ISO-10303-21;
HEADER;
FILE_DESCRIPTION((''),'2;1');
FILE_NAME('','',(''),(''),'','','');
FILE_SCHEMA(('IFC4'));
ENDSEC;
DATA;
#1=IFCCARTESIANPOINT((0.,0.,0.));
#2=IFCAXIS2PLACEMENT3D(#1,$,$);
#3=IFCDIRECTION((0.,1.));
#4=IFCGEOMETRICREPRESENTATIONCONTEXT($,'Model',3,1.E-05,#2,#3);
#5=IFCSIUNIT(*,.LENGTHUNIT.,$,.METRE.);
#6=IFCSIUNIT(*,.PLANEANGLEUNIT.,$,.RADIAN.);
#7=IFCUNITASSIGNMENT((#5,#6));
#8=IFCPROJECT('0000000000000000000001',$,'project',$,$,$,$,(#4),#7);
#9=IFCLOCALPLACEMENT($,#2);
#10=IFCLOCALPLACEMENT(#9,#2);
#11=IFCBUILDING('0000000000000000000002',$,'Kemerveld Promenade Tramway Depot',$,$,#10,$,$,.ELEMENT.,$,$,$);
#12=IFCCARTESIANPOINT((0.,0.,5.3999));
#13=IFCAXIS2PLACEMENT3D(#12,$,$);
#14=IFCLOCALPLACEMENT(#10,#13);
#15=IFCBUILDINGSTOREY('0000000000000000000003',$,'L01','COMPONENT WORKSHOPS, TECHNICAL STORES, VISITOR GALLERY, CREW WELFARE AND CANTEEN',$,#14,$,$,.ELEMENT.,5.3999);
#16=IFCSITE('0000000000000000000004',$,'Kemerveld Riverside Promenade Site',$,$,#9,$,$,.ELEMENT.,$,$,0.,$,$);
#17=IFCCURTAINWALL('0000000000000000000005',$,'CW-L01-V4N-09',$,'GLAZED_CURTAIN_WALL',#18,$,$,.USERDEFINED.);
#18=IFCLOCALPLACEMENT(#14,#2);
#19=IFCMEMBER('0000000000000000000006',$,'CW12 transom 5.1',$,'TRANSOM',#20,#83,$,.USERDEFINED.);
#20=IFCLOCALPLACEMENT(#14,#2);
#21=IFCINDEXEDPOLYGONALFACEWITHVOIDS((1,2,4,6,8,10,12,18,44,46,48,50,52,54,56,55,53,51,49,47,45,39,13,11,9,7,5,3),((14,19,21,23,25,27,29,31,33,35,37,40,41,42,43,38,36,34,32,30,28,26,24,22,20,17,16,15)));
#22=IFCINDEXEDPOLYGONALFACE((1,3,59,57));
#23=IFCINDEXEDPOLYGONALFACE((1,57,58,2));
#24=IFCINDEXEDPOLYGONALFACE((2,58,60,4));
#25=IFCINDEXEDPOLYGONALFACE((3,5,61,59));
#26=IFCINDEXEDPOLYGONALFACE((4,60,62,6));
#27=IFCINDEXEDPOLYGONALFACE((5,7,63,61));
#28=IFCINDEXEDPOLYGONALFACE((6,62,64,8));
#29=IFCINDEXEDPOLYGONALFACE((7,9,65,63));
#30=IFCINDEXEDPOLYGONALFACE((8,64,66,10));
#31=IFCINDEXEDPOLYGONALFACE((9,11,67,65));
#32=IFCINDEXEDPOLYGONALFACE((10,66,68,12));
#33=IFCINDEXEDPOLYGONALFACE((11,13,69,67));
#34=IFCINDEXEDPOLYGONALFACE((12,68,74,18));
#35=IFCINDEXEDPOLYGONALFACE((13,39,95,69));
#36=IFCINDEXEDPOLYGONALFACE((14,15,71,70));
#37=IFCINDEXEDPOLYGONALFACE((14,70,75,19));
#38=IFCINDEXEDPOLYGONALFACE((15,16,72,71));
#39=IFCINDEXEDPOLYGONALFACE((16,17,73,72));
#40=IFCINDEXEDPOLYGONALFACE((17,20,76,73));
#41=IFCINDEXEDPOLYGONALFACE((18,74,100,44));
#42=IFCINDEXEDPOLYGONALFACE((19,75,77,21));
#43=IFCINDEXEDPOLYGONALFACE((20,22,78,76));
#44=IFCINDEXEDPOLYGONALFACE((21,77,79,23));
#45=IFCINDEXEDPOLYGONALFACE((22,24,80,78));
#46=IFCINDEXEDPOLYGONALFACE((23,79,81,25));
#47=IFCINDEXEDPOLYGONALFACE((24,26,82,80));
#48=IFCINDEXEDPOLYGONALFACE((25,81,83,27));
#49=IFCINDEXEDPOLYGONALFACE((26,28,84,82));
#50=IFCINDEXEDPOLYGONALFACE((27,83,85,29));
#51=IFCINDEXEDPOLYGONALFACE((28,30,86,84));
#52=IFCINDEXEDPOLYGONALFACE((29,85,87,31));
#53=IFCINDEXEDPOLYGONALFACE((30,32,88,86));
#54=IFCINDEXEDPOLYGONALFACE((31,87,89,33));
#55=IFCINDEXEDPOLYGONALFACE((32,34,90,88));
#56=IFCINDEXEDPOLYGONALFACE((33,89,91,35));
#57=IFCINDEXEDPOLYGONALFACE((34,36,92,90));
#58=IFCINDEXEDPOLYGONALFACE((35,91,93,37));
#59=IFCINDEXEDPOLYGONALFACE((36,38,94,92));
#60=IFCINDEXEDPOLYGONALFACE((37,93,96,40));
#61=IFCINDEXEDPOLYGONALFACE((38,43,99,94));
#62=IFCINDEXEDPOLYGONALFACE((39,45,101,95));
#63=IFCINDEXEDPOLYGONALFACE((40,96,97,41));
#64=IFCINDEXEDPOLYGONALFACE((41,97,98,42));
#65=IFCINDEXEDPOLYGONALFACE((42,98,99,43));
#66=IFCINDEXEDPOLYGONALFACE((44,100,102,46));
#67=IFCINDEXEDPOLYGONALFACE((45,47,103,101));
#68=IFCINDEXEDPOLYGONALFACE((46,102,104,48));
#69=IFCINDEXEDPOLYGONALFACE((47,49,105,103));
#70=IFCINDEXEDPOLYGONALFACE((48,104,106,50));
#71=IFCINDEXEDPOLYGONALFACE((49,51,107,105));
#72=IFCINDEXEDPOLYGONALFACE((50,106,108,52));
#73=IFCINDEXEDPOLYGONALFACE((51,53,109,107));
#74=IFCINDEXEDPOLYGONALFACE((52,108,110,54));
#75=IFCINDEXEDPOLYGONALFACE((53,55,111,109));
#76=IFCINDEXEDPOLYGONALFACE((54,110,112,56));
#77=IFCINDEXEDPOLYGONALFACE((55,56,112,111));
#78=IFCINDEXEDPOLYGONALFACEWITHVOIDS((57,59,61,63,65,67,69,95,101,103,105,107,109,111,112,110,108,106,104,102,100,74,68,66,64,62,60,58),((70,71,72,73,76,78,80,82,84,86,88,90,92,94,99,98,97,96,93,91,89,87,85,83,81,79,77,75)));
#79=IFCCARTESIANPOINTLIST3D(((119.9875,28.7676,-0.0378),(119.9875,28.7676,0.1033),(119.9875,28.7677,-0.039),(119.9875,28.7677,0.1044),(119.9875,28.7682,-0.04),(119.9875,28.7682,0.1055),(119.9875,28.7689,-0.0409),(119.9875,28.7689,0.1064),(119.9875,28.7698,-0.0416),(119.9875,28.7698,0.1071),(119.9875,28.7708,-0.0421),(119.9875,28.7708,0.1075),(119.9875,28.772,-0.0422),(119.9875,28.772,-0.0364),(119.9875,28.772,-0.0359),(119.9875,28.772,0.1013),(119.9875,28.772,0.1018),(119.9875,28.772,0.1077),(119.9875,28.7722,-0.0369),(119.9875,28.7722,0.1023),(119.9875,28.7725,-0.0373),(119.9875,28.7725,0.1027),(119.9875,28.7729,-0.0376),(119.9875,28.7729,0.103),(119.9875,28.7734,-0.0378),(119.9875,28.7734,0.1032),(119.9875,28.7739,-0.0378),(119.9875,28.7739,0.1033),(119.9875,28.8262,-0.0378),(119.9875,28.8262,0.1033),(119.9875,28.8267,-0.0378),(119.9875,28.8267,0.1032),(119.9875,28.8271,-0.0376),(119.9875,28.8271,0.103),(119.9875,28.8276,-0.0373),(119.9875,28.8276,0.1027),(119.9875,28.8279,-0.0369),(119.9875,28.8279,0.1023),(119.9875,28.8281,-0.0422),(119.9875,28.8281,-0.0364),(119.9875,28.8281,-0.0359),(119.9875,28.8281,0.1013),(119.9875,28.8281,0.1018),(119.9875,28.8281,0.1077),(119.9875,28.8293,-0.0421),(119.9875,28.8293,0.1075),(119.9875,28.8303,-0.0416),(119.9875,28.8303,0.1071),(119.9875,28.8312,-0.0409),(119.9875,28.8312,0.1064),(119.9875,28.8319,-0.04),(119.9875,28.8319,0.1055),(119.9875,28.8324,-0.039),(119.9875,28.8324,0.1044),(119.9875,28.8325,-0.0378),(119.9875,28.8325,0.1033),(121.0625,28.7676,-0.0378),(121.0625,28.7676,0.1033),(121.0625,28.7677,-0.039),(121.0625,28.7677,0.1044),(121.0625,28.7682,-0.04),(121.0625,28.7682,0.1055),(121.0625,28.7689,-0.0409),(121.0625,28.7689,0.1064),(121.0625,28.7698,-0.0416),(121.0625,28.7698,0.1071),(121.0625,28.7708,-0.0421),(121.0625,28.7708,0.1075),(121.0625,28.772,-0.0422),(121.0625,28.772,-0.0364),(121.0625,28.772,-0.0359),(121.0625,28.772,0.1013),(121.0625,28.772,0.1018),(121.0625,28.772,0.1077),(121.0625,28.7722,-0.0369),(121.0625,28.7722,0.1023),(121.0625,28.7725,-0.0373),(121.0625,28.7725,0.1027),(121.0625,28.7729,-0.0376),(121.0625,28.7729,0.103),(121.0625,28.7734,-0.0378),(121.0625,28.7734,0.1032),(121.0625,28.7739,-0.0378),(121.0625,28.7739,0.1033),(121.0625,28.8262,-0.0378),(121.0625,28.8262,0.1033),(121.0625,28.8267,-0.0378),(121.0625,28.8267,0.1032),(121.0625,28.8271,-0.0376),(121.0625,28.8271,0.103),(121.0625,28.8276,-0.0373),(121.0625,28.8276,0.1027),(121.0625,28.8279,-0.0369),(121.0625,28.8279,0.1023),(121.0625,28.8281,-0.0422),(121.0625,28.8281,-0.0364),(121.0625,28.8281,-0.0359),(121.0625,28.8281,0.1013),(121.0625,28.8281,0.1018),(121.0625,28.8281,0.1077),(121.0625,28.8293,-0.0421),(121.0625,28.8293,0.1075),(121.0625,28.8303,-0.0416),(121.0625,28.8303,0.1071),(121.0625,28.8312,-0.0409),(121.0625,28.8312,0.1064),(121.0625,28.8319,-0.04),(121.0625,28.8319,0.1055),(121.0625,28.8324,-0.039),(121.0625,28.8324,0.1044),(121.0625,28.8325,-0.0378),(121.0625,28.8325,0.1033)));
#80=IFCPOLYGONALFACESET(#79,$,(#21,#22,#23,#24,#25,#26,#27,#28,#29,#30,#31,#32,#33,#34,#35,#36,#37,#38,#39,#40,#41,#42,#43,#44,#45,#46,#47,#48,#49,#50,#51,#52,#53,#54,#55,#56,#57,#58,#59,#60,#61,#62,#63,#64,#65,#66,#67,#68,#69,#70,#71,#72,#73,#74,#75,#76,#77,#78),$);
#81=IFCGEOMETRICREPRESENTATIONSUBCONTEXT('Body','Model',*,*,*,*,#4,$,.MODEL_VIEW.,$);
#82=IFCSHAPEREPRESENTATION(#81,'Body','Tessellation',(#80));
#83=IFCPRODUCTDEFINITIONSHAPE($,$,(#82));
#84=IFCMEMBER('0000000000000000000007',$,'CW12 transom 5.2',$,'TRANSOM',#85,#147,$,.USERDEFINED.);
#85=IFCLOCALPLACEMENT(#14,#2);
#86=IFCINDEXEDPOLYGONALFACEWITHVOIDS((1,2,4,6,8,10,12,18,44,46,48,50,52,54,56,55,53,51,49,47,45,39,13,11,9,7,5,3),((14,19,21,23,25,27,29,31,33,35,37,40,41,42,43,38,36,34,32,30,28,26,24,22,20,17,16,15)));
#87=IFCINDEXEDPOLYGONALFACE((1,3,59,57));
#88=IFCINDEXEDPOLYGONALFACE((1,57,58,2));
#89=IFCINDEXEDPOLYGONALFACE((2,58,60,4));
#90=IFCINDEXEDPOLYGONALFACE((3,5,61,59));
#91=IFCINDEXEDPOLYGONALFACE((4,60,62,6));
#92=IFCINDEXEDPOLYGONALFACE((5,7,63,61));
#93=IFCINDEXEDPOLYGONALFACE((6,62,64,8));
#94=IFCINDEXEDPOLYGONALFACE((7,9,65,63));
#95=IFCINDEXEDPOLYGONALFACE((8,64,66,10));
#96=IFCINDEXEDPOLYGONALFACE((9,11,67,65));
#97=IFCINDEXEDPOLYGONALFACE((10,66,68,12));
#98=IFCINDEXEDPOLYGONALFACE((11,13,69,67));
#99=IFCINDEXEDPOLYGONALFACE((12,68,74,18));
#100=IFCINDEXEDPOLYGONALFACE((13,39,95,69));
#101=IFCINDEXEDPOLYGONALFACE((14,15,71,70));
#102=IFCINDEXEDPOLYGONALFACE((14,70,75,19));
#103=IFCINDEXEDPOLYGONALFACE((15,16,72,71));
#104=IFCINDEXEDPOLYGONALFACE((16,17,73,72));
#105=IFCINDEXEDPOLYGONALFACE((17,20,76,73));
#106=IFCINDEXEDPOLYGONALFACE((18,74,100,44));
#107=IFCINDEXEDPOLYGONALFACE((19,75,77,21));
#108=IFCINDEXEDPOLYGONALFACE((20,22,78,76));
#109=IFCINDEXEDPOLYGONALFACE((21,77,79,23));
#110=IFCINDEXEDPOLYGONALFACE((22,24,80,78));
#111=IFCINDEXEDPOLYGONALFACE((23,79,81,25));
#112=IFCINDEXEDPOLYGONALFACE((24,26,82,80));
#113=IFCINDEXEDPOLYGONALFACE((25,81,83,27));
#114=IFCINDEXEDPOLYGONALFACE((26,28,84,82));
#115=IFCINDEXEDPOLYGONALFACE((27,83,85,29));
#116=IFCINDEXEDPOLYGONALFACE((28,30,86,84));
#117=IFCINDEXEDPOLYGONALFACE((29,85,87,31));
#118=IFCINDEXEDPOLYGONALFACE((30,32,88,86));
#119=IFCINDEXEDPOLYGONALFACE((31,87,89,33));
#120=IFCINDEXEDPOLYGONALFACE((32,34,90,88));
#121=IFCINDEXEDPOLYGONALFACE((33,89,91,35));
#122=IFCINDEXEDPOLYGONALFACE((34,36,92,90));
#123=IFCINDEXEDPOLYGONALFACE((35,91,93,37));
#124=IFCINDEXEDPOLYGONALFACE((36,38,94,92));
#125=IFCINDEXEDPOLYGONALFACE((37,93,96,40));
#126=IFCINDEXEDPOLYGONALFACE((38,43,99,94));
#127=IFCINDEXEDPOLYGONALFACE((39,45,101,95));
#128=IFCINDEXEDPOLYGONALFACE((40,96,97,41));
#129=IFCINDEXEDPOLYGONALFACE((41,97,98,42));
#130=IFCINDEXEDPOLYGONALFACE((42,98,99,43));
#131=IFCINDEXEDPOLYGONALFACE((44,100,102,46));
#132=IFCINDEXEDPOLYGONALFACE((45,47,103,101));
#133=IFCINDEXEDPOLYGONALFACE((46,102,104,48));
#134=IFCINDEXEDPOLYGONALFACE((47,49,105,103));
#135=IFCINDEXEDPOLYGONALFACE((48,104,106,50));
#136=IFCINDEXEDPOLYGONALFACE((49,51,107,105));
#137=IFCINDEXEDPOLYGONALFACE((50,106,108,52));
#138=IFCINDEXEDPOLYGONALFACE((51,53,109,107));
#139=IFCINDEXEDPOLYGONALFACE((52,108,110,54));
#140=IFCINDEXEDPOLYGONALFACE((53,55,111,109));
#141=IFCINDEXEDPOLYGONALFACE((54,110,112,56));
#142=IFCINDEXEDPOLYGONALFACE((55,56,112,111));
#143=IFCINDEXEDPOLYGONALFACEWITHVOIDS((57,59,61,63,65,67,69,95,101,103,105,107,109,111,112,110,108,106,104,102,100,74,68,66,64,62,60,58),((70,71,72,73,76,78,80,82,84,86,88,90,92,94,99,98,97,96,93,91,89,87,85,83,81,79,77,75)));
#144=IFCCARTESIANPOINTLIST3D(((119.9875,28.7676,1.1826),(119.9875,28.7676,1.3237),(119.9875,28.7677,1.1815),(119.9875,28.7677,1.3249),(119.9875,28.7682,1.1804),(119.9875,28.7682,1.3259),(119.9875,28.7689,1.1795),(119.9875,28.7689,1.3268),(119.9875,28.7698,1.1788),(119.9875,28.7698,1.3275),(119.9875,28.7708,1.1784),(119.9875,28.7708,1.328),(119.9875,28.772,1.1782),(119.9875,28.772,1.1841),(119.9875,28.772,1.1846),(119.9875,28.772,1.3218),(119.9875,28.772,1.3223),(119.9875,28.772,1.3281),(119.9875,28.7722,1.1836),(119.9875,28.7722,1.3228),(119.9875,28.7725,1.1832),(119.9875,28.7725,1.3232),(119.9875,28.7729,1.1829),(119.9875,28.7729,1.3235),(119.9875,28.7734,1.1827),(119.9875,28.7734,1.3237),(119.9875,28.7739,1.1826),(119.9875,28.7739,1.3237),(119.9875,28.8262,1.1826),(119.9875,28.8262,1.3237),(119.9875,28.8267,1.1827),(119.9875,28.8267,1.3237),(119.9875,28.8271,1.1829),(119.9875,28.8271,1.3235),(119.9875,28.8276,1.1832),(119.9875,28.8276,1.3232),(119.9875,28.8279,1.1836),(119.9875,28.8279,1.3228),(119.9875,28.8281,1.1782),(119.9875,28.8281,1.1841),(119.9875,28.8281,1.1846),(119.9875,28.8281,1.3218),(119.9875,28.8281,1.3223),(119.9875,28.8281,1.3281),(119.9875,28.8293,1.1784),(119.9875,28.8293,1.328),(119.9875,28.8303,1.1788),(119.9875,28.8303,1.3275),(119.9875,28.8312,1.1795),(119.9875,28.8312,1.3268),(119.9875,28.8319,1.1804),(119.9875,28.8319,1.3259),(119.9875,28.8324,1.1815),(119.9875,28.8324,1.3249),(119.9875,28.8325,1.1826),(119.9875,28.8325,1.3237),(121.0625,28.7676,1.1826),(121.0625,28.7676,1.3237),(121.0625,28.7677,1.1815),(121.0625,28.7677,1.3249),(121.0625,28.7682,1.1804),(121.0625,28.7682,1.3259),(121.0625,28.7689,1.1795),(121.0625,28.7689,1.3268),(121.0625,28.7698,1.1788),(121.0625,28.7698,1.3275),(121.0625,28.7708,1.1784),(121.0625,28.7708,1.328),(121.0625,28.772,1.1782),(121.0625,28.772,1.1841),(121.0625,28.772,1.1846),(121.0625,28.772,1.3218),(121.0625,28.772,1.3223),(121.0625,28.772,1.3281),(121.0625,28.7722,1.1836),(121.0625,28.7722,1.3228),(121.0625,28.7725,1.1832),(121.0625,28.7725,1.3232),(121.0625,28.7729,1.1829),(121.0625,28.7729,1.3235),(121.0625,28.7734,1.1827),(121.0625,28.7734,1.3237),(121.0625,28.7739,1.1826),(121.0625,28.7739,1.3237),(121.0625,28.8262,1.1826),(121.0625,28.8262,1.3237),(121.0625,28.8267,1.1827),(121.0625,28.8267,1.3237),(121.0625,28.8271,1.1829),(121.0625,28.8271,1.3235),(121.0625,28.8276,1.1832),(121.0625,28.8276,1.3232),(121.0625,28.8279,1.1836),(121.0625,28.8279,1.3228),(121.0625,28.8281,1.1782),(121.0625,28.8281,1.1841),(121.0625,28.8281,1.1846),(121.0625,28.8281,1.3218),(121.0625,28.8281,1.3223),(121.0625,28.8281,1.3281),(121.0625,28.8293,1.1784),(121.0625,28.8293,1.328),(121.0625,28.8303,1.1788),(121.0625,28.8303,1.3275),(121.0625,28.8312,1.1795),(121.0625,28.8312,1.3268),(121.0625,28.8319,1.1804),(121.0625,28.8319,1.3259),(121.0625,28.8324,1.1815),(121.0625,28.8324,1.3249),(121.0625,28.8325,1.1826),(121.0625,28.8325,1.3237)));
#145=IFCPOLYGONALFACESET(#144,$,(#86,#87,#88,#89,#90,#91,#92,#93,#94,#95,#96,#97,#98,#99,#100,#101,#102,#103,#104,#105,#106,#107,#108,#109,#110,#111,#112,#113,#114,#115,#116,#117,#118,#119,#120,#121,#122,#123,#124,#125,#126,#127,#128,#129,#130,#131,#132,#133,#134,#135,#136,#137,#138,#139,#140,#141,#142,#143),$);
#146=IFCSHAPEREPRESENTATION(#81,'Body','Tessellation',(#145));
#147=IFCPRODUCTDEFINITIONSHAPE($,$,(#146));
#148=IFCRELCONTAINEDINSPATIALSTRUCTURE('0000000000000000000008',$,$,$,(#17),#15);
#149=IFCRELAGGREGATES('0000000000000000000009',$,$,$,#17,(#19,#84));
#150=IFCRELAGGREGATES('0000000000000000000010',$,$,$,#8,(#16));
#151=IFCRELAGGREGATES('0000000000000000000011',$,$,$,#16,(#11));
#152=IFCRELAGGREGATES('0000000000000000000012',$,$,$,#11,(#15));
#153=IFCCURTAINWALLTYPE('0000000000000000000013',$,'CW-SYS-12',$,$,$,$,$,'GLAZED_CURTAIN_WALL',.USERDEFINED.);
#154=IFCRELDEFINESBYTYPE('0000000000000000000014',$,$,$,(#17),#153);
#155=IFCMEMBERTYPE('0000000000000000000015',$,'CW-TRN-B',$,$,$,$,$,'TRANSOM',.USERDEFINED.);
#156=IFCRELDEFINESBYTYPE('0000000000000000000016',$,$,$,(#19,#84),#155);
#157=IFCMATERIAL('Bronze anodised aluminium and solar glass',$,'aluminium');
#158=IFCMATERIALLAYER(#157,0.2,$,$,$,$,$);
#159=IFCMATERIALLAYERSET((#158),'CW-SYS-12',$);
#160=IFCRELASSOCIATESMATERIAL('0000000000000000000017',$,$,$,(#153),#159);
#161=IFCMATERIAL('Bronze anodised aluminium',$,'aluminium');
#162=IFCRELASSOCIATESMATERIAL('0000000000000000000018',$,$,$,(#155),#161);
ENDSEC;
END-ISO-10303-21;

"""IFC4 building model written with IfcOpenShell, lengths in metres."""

from ifc_helpers import new_model, si_unit, direction, frame, origin, origin_2d, place, context, subcontext, project, spatial, hollow_rectangle, extrude, material, layer, layer_set, material_profile, profile_set, type_object, element, aggregate, save


model = new_model("IFC4")

# Units and contexts
model_context = context("Model", 3, precision=1e-05, world=origin(), true_north=direction((0.0, 1.0)))
body_context = subcontext(model_context, "Body", "Model", "MODEL_VIEW")
ifc_project = project(units=[si_unit("LENGTHUNIT", "METRE"), si_unit("PLANEANGLEUNIT", "RADIAN")], contexts=[model_context])

# Site, building, storey
site_placement = place(None, origin())
site = spatial("IfcSite", under=ifc_project, at=site_placement, Name="Kemerveld Riverside Promenade Site", CompositionType="ELEMENT", RefElevation=0.0)
building_placement = place(site_placement, origin())
building = spatial("IfcBuilding", under=site, at=building_placement, Name="Kemerveld Promenade Tramway Depot", CompositionType="ELEMENT")
storey_placement = place(building_placement, frame((0.0, 0.0, 5.3999)))
storey = spatial("IfcBuildingStorey", under=building, at=storey_placement, Name="L01", Description="COMPONENT WORKSHOPS, TECHNICAL STORES, VISITOR GALLERY, CREW WELFARE AND CANTEEN", CompositionType="ELEMENT", Elevation=5.3999)

# Curtain wall, members
ifc_material_1 = material(Name="Bronze anodised aluminium and solar glass", Category="aluminium")
ifc_layer_1 = layer(ifc_material_1, 0.2)
ifc_layer_set_1 = layer_set([ifc_layer_1], Name="CW-SYS-12")
curtain_wall_type = type_object("IfcCurtainWallType", Name="CW-SYS-12", ElementType="GLAZED_CURTAIN_WALL", PredefinedType="USERDEFINED", material=ifc_layer_set_1)
curtain_wall_placement = place(storey_placement, origin())
curtain_wall = element("IfcCurtainWall", 1, at=curtain_wall_placement, inside=storey, type_object=curtain_wall_type, Name="CW-L01-V4N-09", ObjectType="GLAZED_CURTAIN_WALL", PredefinedType="USERDEFINED")
ifc_material_2 = material(Name="Bronze anodised aluminium", Category="aluminium")
ifc_material_profile_1 = material_profile(ifc_material_2, hollow_rectangle(XDim=0.0649, YDim=0.1499, WallThickness=0.0044, InnerFilletRadius=0.002, OuterFilletRadius=0.0044, at=origin_2d()), Name="CW-TRN-150x65")
ifc_profile_set_1 = profile_set([ifc_material_profile_1], Name="Bronze anodised aluminium")
member_type_1 = type_object("IfcMemberType", Name="CW-TRN-B", ElementType="TRANSOM", PredefinedType="USERDEFINED", material=ifc_profile_set_1)
member_1_placement = place(storey_placement, frame((119.9875, 28.8, 0.0327), z_axis=(1.0, 0.0, 0.0), x_axis=(0.0, 1.0, 0.0)))
member_1 = element("IfcMember", 2, at=member_1_placement, type_object=member_type_1, Name="CW12 transom 5.1", ObjectType="TRANSOM", PredefinedType="USERDEFINED", context=body_context, shape_type="SweptSolid", body=[
    extrude(hollow_rectangle(XDim=0.0649, YDim=0.1499, WallThickness=0.0044, InnerFilletRadius=0.002, OuterFilletRadius=0.0044, at=origin_2d()), origin(), (0.0, 0.0, 1.0), 1.075),
])
member_2_placement = place(storey_placement, frame((119.9875, 28.8, 1.2532), z_axis=(1.0, 0.0, 0.0), x_axis=(0.0, 1.0, 0.0)))
member_2 = element("IfcMember", 3, at=member_2_placement, type_object=member_type_1, Name="CW12 transom 5.2", ObjectType="TRANSOM", PredefinedType="USERDEFINED", context=body_context, shape_type="SweptSolid", body=[
    extrude(hollow_rectangle(XDim=0.0649, YDim=0.1499, WallThickness=0.0044, InnerFilletRadius=0.002, OuterFilletRadius=0.0044, at=origin_2d()), origin(), (0.0, 0.0, 1.0), 1.075),
])
aggregate(curtain_wall, [member_1, member_2])

save(model, "model.ifc")
